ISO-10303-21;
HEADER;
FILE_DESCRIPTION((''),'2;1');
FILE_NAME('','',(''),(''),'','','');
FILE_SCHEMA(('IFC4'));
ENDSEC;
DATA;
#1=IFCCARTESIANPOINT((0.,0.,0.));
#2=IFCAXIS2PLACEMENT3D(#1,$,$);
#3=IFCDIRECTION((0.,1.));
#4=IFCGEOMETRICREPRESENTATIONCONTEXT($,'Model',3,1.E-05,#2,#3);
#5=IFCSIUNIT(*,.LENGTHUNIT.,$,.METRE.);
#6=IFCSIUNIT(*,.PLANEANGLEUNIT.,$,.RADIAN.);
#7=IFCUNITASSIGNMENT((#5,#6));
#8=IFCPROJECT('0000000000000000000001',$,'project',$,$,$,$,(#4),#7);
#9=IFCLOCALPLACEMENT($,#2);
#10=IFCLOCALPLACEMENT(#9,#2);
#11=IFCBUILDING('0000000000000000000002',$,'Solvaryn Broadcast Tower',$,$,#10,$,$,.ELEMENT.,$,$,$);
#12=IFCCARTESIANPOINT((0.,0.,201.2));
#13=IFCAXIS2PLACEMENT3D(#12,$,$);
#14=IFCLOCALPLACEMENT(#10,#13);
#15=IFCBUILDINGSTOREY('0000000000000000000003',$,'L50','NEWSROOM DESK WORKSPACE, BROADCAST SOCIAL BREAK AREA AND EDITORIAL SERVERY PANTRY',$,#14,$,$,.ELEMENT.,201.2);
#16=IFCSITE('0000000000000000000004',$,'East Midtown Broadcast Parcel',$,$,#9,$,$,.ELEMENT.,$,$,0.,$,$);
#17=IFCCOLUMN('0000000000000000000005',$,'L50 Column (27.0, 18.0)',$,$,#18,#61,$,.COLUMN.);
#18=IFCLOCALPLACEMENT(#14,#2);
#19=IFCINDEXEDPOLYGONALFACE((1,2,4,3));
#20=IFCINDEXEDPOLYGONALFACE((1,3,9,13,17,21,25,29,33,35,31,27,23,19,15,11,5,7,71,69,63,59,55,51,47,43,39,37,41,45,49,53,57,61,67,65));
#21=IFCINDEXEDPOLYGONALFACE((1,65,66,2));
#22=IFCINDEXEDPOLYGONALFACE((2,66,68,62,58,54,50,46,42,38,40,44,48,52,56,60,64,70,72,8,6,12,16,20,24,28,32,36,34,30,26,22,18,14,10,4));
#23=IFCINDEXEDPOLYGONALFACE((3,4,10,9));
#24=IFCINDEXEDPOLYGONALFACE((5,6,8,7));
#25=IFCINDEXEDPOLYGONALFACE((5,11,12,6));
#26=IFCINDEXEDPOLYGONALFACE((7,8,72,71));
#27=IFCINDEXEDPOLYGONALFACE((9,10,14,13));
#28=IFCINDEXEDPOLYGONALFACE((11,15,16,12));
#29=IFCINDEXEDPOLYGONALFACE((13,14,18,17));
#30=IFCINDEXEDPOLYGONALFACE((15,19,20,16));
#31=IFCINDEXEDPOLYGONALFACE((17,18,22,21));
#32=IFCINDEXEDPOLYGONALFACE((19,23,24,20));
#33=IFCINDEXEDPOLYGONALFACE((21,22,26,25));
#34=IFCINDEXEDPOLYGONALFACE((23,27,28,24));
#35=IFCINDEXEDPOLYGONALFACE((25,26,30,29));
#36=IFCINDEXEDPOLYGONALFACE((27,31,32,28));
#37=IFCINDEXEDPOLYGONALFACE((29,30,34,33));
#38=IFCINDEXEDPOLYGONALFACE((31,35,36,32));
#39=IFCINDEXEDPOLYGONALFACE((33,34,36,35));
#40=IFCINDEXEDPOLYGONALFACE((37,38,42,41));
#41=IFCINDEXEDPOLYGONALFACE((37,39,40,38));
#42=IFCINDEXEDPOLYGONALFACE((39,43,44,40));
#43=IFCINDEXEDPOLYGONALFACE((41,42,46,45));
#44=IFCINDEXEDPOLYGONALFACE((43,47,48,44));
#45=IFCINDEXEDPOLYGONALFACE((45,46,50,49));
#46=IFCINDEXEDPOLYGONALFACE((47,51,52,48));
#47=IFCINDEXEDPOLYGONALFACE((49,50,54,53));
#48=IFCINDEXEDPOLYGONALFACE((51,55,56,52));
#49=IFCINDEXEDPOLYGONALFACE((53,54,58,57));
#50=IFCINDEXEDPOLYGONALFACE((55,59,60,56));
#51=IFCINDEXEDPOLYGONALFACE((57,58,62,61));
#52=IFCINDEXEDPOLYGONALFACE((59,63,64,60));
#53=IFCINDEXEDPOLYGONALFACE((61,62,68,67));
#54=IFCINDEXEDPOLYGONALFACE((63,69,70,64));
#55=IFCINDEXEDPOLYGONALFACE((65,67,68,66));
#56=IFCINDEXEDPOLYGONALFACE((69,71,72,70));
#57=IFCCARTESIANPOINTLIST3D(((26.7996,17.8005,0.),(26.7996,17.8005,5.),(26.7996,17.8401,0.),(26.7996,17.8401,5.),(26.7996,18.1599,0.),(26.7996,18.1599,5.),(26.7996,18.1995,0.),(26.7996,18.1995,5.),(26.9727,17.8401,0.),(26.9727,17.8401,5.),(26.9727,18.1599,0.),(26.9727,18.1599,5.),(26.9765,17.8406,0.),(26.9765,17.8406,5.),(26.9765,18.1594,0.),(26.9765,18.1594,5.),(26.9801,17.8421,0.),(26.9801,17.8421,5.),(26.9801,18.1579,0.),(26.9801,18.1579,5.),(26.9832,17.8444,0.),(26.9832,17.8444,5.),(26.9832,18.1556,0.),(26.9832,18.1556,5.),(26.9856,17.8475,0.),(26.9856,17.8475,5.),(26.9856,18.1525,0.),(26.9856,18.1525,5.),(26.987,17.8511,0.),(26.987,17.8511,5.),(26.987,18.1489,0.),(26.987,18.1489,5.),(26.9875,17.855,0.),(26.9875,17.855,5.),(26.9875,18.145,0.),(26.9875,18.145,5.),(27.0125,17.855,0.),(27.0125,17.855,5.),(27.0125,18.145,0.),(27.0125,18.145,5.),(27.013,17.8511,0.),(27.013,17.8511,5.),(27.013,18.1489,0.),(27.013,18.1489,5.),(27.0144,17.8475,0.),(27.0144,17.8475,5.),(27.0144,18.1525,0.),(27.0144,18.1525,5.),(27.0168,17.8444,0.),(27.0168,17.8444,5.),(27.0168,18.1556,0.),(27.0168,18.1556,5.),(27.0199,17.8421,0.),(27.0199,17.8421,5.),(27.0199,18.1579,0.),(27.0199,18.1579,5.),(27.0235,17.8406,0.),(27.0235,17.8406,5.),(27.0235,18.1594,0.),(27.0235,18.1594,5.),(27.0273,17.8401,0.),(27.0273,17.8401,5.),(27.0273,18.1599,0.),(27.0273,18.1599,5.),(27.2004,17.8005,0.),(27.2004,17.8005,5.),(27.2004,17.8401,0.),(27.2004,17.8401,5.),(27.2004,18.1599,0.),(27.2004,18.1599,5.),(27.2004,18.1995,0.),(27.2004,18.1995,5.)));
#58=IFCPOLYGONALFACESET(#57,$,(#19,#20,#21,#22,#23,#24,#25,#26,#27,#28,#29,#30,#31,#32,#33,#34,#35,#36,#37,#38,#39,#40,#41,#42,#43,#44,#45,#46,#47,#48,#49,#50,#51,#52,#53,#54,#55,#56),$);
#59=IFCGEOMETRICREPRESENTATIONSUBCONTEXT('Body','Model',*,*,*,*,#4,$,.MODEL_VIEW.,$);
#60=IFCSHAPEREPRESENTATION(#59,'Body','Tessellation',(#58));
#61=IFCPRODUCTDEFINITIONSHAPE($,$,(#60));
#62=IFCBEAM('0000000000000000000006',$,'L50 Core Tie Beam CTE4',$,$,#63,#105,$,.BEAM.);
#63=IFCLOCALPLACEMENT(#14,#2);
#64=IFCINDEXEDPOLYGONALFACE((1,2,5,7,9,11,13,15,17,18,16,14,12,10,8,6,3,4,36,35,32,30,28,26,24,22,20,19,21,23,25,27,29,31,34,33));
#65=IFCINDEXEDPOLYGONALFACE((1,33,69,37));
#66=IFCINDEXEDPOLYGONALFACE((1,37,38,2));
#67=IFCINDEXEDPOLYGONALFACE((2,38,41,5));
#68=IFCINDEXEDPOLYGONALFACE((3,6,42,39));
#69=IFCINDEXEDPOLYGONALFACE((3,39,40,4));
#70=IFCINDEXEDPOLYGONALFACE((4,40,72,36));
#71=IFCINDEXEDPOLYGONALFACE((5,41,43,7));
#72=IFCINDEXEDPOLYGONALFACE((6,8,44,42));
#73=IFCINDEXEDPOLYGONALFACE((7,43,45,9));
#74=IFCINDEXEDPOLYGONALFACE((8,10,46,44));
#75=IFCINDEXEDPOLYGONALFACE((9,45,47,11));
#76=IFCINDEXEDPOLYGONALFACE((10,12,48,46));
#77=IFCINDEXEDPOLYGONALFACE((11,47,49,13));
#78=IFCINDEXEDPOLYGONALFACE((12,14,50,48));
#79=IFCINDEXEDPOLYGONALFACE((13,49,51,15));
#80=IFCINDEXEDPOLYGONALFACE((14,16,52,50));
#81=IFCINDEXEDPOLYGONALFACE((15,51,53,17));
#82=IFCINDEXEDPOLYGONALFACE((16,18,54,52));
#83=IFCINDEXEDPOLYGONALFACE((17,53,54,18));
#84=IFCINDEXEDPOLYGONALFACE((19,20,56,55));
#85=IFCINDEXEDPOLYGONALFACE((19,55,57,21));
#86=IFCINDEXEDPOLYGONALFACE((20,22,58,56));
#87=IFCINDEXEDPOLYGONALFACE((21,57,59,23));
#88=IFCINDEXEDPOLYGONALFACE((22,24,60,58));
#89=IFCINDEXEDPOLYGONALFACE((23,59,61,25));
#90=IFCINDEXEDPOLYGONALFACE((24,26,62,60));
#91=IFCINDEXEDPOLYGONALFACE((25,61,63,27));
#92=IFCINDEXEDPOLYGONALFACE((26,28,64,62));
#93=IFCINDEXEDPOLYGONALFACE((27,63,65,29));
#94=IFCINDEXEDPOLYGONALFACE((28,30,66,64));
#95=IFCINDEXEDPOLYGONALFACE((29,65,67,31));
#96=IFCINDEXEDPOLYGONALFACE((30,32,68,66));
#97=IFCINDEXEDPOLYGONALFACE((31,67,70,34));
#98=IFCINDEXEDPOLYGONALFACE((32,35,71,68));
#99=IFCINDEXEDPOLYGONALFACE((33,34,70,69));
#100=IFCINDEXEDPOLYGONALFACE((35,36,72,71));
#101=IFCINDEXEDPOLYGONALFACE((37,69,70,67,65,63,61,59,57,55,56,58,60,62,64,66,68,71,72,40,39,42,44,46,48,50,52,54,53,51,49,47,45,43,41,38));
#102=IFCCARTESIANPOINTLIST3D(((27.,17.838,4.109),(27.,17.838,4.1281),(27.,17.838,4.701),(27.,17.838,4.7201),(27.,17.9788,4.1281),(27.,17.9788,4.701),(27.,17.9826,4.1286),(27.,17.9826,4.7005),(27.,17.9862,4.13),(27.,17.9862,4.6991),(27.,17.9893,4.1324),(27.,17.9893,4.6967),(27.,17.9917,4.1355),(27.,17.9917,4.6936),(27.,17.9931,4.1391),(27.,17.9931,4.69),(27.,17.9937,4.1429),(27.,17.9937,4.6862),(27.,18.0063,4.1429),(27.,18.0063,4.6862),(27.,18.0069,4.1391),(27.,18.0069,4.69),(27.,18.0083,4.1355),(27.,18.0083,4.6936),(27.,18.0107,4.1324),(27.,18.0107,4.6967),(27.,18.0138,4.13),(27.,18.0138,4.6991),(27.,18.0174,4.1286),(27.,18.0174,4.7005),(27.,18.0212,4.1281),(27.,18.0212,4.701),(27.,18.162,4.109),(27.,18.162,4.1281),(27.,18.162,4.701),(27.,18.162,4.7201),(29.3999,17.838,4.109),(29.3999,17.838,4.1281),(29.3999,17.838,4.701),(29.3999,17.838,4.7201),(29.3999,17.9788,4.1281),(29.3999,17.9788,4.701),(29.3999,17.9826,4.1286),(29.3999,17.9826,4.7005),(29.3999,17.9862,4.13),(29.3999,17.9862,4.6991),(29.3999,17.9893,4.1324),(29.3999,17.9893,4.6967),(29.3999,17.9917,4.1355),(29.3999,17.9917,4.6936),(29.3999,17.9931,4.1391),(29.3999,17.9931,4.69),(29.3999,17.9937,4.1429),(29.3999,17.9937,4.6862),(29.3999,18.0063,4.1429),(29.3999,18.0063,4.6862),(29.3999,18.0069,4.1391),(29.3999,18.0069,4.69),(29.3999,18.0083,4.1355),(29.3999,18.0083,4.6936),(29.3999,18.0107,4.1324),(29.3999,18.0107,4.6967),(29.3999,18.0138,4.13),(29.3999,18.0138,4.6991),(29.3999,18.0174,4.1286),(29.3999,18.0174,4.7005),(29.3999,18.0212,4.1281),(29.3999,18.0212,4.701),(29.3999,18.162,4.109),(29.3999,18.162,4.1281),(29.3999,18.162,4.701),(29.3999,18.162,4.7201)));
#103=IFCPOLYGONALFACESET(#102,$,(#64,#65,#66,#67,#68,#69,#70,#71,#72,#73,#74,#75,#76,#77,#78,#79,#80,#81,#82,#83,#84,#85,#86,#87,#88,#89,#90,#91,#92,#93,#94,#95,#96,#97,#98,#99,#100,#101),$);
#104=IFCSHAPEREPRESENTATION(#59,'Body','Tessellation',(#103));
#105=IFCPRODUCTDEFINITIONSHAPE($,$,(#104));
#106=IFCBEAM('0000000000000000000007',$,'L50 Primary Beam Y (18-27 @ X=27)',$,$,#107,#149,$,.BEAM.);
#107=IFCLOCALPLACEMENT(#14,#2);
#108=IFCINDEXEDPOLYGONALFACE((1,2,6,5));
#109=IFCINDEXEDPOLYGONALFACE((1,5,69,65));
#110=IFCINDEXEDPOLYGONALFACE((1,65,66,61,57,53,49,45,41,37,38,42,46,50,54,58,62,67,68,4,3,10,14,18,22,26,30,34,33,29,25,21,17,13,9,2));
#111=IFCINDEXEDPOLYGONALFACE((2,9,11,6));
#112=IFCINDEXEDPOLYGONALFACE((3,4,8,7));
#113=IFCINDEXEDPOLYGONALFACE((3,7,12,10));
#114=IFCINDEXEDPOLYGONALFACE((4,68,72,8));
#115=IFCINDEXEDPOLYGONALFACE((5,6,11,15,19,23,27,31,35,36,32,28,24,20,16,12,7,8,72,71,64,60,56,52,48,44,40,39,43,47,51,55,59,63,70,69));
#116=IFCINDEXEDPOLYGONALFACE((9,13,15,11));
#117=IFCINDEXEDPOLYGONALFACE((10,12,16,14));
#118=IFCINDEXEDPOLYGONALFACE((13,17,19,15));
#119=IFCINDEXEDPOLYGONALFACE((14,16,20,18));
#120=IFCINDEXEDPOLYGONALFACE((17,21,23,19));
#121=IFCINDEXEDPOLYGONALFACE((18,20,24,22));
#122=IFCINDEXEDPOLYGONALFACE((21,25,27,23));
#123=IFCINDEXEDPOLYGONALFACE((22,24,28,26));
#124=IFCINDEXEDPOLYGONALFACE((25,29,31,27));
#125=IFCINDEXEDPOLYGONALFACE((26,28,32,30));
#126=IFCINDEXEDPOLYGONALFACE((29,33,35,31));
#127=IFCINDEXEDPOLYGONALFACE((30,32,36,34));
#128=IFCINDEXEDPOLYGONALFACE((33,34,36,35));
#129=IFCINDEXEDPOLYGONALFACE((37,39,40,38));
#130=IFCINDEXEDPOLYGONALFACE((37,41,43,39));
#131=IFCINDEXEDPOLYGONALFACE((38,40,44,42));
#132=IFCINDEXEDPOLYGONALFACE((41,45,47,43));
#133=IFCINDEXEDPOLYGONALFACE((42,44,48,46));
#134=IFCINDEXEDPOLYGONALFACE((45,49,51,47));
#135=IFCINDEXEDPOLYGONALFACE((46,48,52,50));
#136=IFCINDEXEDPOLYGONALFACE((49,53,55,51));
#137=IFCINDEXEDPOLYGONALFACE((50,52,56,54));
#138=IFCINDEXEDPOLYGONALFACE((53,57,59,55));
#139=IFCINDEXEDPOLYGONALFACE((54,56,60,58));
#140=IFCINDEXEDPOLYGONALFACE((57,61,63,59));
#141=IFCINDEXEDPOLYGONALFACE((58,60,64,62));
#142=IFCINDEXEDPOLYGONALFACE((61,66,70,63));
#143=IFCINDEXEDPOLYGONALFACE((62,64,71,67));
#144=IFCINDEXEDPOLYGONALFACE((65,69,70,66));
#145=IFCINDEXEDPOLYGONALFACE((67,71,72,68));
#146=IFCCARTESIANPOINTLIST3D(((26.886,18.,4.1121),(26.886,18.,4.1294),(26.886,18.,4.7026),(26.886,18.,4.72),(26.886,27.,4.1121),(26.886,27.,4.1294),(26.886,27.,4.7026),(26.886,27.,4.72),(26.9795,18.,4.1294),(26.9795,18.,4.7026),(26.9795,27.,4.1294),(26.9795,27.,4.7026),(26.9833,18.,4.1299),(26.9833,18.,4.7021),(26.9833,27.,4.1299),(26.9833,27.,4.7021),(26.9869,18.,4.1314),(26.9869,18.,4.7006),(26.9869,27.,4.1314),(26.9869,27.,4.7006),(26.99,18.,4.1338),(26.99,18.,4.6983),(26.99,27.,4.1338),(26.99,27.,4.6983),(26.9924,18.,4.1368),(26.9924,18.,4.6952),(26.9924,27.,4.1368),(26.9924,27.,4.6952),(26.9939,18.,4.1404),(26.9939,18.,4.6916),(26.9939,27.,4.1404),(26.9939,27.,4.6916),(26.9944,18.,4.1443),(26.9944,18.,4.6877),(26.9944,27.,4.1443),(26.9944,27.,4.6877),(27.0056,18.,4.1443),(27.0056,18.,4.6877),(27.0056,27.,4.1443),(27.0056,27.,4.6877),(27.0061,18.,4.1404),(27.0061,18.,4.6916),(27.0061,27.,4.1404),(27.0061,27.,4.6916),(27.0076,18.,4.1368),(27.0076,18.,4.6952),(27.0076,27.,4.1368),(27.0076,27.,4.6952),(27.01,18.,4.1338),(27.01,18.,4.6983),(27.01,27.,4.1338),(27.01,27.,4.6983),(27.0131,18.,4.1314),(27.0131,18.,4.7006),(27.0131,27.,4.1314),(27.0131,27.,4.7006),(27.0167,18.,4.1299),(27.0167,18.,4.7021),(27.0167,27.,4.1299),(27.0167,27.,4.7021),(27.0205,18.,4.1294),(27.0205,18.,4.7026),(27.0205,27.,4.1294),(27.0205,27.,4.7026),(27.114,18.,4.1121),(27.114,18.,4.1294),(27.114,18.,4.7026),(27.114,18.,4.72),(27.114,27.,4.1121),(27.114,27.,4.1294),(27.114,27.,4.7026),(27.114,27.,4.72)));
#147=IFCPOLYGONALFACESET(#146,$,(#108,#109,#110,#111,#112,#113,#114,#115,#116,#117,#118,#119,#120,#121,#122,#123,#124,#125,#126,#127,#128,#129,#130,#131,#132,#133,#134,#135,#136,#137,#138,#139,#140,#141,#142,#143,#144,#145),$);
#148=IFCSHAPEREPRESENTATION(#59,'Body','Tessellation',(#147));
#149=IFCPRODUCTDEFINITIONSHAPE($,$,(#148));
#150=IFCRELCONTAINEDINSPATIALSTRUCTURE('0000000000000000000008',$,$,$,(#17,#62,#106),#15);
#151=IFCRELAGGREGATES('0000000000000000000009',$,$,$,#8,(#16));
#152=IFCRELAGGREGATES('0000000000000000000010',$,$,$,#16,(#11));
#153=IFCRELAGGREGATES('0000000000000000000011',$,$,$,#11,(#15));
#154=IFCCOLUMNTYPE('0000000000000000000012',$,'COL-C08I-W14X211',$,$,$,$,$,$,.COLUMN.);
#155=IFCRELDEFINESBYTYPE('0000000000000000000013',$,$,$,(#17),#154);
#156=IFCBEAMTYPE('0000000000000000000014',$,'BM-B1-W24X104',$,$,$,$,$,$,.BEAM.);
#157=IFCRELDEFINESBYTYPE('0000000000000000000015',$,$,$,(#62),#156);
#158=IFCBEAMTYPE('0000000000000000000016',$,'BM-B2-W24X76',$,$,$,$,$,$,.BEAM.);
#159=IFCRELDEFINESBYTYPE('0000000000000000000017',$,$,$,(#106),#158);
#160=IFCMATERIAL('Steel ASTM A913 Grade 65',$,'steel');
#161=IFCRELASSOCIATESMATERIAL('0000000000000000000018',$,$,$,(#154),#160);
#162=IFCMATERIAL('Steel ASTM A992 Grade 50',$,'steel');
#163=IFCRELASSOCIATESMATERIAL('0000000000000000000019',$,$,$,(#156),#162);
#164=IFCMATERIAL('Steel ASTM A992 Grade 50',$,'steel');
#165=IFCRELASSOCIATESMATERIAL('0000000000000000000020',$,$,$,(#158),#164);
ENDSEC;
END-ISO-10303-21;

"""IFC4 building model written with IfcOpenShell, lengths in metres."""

from ifc_helpers import new_model, si_unit, direction, frame, origin, origin_2d, place, context, subcontext, project, spatial, i_section, extrude, material, material_profile, profile_set, type_object, element, save


model = new_model("IFC4")

# Units and contexts
model_context = context("Model", 3, precision=1e-05, world=origin(), true_north=direction((0.0, 1.0)))
body_context = subcontext(model_context, "Body", "Model", "MODEL_VIEW")
ifc_project = project(units=[si_unit("LENGTHUNIT", "METRE"), si_unit("PLANEANGLEUNIT", "RADIAN")], contexts=[model_context])

# Site, building, storey
site_placement = place(None, origin())
site = spatial("IfcSite", under=ifc_project, at=site_placement, Name="East Midtown Broadcast Parcel", CompositionType="ELEMENT", RefElevation=0.0)
building_placement = place(site_placement, origin())
building = spatial("IfcBuilding", under=site, at=building_placement, Name="Solvaryn Broadcast Tower", CompositionType="ELEMENT")
storey_placement = place(building_placement, frame((0.0, 0.0, 201.2)))
storey = spatial("IfcBuildingStorey", under=building, at=storey_placement, Name="L50", Description="NEWSROOM DESK WORKSPACE, BROADCAST SOCIAL BREAK AREA AND EDITORIAL SERVERY PANTRY", CompositionType="ELEMENT", Elevation=201.2)

# Column
ifc_material_1 = material(Name="Steel ASTM A913 Grade 65", Category="steel")
ifc_material_profile_1 = material_profile(ifc_material_1, i_section(OverallWidth=0.4009, OverallDepth=0.3989, WebThickness=0.0249, FlangeThickness=0.0396, FilletRadius=0.0149, at=origin_2d()))
ifc_profile_set_1 = profile_set([ifc_material_profile_1], Name="Steel ASTM A913 Grade 65")
column_type = type_object("IfcColumnType", Name="COL-C08I-W14X211", PredefinedType="COLUMN", material=ifc_profile_set_1)
column_placement = place(storey_placement, frame((27.0, 18.0, 0.0), z_axis=(0.0, 0.0, 1.0), x_axis=(1.0, 0.0, 0.0)))
element("IfcColumn", 1, at=column_placement, inside=storey, type_object=column_type, Name="L50 Column (27.0, 18.0)", PredefinedType="COLUMN", context=body_context, shape_type="SweptSolid", body=[
    extrude(i_section(OverallWidth=0.4009, OverallDepth=0.3989, WebThickness=0.0249, FlangeThickness=0.0396, FilletRadius=0.0149, at=origin_2d()), origin(), (0.0, 0.0, 1.0), 5.0),
])

# Beams
ifc_material_2 = material(Name="Steel ASTM A992 Grade 50", Category="steel")
ifc_material_profile_2 = material_profile(ifc_material_2, i_section(OverallWidth=0.324, OverallDepth=0.6111, WebThickness=0.0127, FlangeThickness=0.019, FilletRadius=0.0149, at=origin_2d()))
ifc_profile_set_2 = profile_set([ifc_material_profile_2], Name="Steel ASTM A992 Grade 50")
beam_type_1 = type_object("IfcBeamType", Name="BM-B1-W24X104", PredefinedType="BEAM", material=ifc_profile_set_2)
beam_1_placement = place(storey_placement, frame((27.0, 18.0, 4.4146), z_axis=(1.0, 0.0, 0.0), x_axis=(0.0, 1.0, 0.0)))
element("IfcBeam", 2, at=beam_1_placement, inside=storey, type_object=beam_type_1, Name="L50 Core Tie Beam CTE4", PredefinedType="BEAM", context=body_context, shape_type="SweptSolid", body=[
    extrude(i_section(OverallWidth=0.324, OverallDepth=0.6111, WebThickness=0.0127, FlangeThickness=0.019, FilletRadius=0.0149, at=origin_2d()), origin(), (0.0, 0.0, 1.0), 2.3999),
])
ifc_material_3 = material(Name="Steel ASTM A992 Grade 50", Category="steel")
ifc_material_profile_3 = material_profile(ifc_material_3, i_section(OverallWidth=0.228, OverallDepth=0.6079, WebThickness=0.0112, FlangeThickness=0.0173, FilletRadius=0.0149, at=origin_2d()))
ifc_profile_set_3 = profile_set([ifc_material_profile_3], Name="Steel ASTM A992 Grade 50")
beam_type_2 = type_object("IfcBeamType", Name="BM-B2-W24X76", PredefinedType="BEAM", material=ifc_profile_set_3)
beam_2_placement = place(storey_placement, frame((27.0, 18.0, 4.416), z_axis=(0.0, 1.0, 0.0), x_axis=(-1.0, 0.0, 0.0)))
element("IfcBeam", 3, at=beam_2_placement, inside=storey, type_object=beam_type_2, Name="L50 Primary Beam Y (18-27 @ X=27)", PredefinedType="BEAM", context=body_context, shape_type="SweptSolid", body=[
    extrude(i_section(OverallWidth=0.228, OverallDepth=0.6079, WebThickness=0.0112, FlangeThickness=0.0173, FilletRadius=0.0149, at=origin_2d()), origin(), (0.0, 0.0, 1.0), 9.0),
])

save(model, "model.ifc")
